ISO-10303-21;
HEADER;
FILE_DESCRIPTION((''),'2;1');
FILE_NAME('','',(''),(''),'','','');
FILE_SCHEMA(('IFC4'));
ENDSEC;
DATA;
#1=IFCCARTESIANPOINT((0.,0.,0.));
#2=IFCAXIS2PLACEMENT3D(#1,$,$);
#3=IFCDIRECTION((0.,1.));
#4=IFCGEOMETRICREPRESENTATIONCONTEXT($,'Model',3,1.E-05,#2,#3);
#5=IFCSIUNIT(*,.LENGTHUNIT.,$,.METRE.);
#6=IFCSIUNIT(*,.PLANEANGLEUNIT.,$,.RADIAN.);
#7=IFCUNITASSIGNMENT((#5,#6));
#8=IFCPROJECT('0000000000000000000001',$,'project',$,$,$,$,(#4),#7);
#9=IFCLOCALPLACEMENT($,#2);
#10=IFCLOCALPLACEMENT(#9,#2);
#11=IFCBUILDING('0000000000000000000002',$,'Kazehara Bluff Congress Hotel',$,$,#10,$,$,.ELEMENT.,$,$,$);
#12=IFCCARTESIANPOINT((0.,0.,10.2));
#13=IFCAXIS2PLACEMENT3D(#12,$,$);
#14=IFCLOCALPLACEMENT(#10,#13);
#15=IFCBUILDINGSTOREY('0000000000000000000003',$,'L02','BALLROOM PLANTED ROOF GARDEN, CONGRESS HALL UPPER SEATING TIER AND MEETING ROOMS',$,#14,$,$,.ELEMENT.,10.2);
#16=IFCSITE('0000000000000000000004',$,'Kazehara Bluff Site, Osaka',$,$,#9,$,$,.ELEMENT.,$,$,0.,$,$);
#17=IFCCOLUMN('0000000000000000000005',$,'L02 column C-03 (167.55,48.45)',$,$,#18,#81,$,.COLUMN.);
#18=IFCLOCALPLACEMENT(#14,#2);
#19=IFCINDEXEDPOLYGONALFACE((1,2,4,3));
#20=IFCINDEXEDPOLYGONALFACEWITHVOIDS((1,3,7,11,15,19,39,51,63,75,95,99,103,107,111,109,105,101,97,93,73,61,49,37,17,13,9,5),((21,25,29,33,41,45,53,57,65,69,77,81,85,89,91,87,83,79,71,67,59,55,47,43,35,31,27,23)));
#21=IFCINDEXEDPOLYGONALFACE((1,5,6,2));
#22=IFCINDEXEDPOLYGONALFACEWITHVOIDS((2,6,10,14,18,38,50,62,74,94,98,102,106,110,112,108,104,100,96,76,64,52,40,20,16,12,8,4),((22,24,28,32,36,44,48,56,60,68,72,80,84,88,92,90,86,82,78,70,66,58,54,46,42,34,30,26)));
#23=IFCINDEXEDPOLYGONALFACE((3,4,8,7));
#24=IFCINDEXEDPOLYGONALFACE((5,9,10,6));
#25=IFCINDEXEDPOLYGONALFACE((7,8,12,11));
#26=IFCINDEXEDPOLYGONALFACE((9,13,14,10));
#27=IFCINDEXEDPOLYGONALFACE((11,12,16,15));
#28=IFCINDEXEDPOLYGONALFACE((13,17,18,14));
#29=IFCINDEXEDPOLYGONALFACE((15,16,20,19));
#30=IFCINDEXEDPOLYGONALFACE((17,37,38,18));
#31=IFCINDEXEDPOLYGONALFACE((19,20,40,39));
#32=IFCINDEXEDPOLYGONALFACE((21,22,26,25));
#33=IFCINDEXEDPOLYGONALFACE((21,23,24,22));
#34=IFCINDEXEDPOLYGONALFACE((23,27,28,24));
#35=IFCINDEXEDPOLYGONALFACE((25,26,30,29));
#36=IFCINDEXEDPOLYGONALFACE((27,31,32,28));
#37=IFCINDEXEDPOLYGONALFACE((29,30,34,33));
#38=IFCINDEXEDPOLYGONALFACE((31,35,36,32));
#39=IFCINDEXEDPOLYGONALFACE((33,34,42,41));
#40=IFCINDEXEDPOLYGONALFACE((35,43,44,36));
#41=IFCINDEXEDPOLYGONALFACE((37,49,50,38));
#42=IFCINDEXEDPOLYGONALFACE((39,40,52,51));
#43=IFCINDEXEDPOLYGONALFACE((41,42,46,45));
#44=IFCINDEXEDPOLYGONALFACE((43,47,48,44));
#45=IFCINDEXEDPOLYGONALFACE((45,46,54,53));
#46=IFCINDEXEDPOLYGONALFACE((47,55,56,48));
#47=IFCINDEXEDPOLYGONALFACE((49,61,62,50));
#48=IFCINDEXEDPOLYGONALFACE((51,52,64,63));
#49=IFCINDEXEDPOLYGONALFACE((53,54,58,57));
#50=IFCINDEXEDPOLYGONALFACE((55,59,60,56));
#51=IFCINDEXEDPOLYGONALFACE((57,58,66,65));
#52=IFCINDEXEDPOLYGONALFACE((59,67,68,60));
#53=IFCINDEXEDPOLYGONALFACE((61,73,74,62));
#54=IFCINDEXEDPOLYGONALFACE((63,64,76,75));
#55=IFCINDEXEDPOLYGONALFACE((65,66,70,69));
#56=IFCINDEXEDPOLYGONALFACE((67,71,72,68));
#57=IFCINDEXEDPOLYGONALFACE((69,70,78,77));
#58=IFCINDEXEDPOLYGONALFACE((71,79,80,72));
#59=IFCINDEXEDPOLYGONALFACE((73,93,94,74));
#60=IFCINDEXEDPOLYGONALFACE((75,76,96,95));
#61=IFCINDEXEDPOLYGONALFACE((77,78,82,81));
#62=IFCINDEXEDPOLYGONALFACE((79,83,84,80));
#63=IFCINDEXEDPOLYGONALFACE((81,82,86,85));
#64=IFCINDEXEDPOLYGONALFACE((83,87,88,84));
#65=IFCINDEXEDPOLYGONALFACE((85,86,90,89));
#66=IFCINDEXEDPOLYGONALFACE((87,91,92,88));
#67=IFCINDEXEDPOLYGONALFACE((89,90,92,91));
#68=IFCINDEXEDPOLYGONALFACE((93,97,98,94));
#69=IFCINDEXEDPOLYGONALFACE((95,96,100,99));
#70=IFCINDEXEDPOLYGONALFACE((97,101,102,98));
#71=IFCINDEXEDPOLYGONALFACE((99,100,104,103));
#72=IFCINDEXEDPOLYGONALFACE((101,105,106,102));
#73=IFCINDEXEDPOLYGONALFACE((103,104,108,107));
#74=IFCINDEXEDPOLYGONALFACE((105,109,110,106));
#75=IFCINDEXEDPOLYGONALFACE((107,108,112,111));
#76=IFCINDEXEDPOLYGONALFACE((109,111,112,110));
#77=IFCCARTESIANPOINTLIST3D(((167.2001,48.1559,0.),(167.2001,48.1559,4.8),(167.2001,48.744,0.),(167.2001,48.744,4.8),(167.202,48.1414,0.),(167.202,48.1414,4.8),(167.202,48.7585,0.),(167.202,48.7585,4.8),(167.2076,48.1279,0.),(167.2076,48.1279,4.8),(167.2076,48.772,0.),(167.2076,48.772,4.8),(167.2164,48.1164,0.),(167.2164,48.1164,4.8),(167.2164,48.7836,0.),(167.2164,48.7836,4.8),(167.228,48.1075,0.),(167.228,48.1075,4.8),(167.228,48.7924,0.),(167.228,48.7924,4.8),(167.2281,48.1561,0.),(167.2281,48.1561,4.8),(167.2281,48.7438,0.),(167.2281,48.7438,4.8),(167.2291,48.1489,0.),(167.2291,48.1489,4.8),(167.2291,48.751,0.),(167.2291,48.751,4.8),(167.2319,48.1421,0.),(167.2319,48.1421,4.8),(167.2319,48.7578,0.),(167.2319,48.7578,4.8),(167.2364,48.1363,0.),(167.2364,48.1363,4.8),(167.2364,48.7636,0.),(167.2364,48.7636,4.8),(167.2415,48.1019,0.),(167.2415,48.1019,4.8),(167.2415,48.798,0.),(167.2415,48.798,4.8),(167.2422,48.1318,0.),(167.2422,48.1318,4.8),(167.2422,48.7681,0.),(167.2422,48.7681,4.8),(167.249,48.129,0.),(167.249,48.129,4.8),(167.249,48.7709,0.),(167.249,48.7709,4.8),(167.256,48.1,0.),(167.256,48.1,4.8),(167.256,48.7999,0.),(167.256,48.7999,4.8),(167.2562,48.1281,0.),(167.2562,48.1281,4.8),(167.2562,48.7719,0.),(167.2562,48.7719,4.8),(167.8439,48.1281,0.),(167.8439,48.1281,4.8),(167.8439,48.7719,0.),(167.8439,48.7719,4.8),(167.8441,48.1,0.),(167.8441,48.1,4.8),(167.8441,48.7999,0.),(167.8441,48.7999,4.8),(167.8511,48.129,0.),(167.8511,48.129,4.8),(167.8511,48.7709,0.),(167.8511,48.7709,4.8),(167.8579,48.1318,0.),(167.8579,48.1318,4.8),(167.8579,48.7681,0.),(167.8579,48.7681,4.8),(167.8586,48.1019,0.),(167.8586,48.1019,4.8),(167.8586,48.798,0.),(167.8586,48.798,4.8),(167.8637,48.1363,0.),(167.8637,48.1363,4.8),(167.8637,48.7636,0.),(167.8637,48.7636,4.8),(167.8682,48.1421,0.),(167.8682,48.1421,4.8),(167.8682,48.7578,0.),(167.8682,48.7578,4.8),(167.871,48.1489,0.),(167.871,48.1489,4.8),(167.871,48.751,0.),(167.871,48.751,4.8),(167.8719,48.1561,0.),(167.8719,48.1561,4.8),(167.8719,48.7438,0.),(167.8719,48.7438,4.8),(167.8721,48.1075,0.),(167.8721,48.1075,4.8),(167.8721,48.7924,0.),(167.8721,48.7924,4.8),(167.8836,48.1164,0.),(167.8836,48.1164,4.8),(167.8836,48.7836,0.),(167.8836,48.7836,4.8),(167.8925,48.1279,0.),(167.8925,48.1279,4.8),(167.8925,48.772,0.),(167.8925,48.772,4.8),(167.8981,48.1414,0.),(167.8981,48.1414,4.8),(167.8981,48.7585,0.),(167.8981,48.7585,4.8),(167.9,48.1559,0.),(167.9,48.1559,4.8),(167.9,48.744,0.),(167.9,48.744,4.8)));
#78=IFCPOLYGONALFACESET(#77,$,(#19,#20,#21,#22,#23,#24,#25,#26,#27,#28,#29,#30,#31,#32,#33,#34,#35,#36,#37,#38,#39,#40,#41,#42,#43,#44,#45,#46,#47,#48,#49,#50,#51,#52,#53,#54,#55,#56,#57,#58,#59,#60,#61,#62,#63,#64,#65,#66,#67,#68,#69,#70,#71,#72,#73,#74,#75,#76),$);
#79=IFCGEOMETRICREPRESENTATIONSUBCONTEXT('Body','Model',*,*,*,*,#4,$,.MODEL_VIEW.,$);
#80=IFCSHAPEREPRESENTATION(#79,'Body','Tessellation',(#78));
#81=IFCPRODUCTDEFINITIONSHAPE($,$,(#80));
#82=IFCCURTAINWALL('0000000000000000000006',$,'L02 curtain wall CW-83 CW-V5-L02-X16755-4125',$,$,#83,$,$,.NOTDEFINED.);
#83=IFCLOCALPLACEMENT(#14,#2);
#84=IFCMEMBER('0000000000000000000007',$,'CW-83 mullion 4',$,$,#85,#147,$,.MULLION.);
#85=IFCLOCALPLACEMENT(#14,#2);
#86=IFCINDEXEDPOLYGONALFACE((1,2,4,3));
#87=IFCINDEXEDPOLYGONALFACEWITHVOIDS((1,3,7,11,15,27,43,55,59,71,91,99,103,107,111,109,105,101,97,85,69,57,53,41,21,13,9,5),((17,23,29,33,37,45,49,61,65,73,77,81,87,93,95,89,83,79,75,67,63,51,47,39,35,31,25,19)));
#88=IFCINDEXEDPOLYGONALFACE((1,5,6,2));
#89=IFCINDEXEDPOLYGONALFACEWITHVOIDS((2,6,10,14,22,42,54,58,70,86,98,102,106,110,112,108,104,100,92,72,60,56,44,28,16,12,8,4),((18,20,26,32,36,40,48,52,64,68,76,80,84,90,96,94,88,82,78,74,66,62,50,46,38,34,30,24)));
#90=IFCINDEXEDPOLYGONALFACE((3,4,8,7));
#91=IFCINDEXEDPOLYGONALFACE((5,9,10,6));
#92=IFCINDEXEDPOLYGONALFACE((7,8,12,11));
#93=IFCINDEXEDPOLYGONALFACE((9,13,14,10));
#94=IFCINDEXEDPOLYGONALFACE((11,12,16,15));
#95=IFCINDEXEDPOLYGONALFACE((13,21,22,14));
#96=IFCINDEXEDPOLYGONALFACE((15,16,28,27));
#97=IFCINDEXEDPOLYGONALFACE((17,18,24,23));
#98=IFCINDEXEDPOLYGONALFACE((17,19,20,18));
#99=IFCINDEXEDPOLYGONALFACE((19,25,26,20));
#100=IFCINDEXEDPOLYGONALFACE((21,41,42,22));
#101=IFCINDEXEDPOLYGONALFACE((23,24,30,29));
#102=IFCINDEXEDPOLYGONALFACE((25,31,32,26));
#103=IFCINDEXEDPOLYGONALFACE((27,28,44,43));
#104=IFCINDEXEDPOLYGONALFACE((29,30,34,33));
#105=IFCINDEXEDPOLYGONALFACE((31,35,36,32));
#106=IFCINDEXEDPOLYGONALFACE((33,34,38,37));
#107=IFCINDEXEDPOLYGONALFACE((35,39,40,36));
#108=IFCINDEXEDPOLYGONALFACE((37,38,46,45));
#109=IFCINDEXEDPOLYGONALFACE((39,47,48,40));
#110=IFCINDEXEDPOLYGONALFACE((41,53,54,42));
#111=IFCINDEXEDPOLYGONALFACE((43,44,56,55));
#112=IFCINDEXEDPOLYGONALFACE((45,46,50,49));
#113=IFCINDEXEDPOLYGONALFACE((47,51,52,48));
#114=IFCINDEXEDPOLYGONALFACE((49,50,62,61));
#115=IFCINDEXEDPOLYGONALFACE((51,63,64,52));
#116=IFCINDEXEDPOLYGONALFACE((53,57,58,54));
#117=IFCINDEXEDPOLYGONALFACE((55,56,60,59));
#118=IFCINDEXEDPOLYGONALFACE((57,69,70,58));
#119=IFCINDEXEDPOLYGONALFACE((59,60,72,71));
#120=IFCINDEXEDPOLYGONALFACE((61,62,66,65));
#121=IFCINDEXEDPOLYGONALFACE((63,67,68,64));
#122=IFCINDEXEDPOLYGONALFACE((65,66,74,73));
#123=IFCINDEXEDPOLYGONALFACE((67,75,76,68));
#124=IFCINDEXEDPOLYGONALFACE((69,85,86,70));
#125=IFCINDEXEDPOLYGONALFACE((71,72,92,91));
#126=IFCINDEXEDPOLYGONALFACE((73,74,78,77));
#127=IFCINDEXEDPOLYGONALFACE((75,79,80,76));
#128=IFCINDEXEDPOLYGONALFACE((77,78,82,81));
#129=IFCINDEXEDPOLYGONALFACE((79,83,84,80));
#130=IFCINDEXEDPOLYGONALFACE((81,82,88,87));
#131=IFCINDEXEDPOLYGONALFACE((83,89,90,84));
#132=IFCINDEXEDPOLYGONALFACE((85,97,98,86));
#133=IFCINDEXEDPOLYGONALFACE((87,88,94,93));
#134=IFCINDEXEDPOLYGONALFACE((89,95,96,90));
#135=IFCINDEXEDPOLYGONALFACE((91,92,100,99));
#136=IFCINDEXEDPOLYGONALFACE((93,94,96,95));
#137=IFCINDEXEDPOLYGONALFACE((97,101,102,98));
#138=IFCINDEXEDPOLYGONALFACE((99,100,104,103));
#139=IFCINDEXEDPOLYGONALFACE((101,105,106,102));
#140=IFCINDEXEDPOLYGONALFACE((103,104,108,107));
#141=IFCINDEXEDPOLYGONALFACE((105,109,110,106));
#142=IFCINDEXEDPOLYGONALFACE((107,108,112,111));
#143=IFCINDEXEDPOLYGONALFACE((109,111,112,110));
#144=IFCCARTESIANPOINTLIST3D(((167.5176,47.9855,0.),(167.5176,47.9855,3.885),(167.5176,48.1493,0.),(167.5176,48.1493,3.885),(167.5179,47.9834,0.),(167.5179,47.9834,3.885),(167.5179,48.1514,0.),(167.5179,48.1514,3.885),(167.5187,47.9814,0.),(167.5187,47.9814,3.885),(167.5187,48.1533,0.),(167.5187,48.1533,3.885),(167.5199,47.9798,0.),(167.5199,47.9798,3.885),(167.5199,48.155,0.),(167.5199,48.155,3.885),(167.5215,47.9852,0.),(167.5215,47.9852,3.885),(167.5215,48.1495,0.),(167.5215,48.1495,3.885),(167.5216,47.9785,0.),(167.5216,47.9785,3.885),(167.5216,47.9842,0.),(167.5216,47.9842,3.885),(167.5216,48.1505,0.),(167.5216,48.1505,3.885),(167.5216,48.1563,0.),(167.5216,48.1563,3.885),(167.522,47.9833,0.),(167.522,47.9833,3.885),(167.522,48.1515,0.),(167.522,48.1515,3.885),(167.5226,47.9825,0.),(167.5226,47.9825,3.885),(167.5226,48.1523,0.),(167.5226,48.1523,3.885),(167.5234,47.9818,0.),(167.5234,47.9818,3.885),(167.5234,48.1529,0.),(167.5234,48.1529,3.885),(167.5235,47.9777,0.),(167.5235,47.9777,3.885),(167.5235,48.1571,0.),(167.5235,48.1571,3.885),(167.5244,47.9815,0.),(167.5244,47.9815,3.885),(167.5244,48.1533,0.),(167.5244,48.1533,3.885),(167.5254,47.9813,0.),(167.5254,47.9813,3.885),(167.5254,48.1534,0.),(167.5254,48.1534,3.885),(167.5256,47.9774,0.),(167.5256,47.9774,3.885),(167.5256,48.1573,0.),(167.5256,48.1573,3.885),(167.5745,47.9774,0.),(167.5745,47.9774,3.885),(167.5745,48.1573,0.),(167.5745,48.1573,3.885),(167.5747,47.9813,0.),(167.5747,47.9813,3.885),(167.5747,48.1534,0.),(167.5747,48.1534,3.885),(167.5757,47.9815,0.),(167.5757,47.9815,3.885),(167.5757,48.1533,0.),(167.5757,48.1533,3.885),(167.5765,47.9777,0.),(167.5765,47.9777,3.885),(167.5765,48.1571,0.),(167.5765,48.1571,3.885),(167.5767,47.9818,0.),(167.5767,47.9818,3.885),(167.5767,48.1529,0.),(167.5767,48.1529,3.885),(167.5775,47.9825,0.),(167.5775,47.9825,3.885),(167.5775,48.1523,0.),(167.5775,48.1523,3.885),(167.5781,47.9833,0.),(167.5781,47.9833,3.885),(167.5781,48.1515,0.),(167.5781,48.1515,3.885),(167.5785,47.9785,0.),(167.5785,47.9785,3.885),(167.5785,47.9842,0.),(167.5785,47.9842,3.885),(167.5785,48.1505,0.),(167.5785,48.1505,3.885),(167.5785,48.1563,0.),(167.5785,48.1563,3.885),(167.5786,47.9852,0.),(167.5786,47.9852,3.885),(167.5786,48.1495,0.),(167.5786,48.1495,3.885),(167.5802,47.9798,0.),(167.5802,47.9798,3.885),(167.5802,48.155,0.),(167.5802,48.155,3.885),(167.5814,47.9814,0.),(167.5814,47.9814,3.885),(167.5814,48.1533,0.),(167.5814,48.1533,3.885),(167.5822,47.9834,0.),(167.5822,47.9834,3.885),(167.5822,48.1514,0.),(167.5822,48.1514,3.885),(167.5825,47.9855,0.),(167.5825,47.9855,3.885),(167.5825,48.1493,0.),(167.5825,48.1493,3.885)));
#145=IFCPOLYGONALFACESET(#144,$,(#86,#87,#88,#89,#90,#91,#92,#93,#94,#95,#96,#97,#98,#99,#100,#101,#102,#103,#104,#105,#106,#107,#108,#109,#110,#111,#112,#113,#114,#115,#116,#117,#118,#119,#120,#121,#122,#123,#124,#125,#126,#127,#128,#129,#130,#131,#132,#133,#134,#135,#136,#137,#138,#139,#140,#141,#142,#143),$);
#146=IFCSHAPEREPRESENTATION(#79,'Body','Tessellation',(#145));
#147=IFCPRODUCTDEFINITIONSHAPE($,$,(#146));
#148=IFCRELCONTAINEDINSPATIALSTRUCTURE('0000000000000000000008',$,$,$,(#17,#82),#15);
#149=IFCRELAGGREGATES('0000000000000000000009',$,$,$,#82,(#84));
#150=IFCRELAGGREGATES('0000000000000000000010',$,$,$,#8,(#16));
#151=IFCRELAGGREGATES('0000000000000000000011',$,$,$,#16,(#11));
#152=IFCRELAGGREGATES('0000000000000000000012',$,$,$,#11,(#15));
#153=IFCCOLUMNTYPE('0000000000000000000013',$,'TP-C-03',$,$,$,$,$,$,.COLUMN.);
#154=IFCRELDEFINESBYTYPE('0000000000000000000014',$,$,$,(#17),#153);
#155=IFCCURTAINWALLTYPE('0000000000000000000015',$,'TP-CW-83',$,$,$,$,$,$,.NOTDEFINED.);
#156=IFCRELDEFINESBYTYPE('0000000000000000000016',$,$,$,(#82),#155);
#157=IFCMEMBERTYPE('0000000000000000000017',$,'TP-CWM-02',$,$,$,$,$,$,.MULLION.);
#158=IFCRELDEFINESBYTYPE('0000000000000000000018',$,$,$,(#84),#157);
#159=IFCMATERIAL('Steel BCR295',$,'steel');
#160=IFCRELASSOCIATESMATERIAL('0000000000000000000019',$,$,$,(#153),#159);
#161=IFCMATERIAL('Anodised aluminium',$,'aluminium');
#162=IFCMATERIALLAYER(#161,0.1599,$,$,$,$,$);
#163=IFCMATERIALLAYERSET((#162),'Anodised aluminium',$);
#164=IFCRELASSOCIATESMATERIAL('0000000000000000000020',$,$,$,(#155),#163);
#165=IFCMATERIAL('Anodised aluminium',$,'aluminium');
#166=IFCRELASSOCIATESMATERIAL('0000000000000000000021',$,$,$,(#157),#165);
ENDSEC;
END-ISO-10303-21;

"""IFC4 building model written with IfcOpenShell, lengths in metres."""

from ifc_helpers import new_model, si_unit, direction, frame, origin, origin_2d, place, context, subcontext, project, spatial, hollow_rectangle, extrude, material, layer, layer_set, material_profile, profile_set, type_object, element, aggregate, save


model = new_model("IFC4")

# Units and contexts
model_context = context("Model", 3, precision=1e-05, world=origin(), true_north=direction((0.0, 1.0)))
body_context = subcontext(model_context, "Body", "Model", "MODEL_VIEW")
ifc_project = project(units=[si_unit("LENGTHUNIT", "METRE"), si_unit("PLANEANGLEUNIT", "RADIAN")], contexts=[model_context])

# Site, building, storey
site_placement = place(None, origin())
site = spatial("IfcSite", under=ifc_project, at=site_placement, Name="Kazehara Bluff Site, Osaka", CompositionType="ELEMENT", RefElevation=0.0)
building_placement = place(site_placement, origin())
building = spatial("IfcBuilding", under=site, at=building_placement, Name="Kazehara Bluff Congress Hotel", CompositionType="ELEMENT")
storey_placement = place(building_placement, frame((0.0, 0.0, 10.2)))
storey = spatial("IfcBuildingStorey", under=building, at=storey_placement, Name="L02", Description="BALLROOM PLANTED ROOF GARDEN, CONGRESS HALL UPPER SEATING TIER AND MEETING ROOMS", CompositionType="ELEMENT", Elevation=10.2)

# Column
ifc_material_1 = material(Name="Steel BCR295", Category="steel")
ifc_material_profile_1 = material_profile(ifc_material_1, hollow_rectangle(XDim=0.7, YDim=0.7, WallThickness=0.0281, InnerFilletRadius=0.0281, OuterFilletRadius=0.0559, at=origin_2d()))
ifc_profile_set_1 = profile_set([ifc_material_profile_1], Name="Steel BCR295")
column_type = type_object("IfcColumnType", Name="TP-C-03", PredefinedType="COLUMN", material=ifc_profile_set_1)
column_placement = place(storey_placement, frame((167.55, 48.45, 0.0), z_axis=(0.0, 0.0, 1.0), x_axis=(1.0, 0.0, 0.0)))
element("IfcColumn", 1, at=column_placement, inside=storey, type_object=column_type, Name="L02 column C-03 (167.55,48.45)", PredefinedType="COLUMN", context=body_context, shape_type="SweptSolid", body=[
    extrude(hollow_rectangle(XDim=0.7, YDim=0.7, WallThickness=0.0281, InnerFilletRadius=0.0281, OuterFilletRadius=0.0559, at=origin_2d()), origin(), (0.0, 0.0, 1.0), 4.8),
])

# Curtain wall, member
ifc_material_2 = material(Name="Anodised aluminium", Category="aluminium")
ifc_layer_1 = layer(ifc_material_2, 0.1599)
ifc_layer_set_1 = layer_set([ifc_layer_1], Name="Anodised aluminium")
curtain_wall_type_1 = type_object("IfcCurtainWallType", Name="TP-CW-83", PredefinedType="NOTDEFINED", material=ifc_layer_set_1)
curtain_wall_1_placement = place(storey_placement, origin())
curtain_wall_1 = element("IfcCurtainWall", 2, at=curtain_wall_1_placement, inside=storey, type_object=curtain_wall_type_1, Name="L02 curtain wall CW-83 CW-V5-L02-X16755-4125", PredefinedType="NOTDEFINED")
ifc_material_3 = material(Name="Anodised aluminium", Category="aluminium")
ifc_material_profile_2 = material_profile(ifc_material_3, hollow_rectangle(XDim=0.0649, YDim=0.1799, WallThickness=0.0039, InnerFilletRadius=0.0039, OuterFilletRadius=0.0081, at=origin_2d()))
ifc_profile_set_2 = profile_set([ifc_material_profile_2], Name="Anodised aluminium")
member_type_1 = type_object("IfcMemberType", Name="TP-CWM-02", PredefinedType="MULLION", material=ifc_profile_set_2)
member_1_placement = place(storey_placement, frame((167.55, 48.0674, 0.0), z_axis=(0.0, 0.0, 1.0), x_axis=(-1.0, 0.0, 0.0)))
member_1 = element("IfcMember", 3, at=member_1_placement, type_object=member_type_1, Name="CW-83 mullion 4", PredefinedType="MULLION", context=body_context, shape_type="SweptSolid", body=[
    extrude(hollow_rectangle(XDim=0.0649, YDim=0.1799, WallThickness=0.0039, InnerFilletRadius=0.0039, OuterFilletRadius=0.0081, at=origin_2d()), origin(), (0.0, 0.0, 1.0), 3.885),
])

aggregate(curtain_wall_1, [member_1])

save(model, "model.ifc")
